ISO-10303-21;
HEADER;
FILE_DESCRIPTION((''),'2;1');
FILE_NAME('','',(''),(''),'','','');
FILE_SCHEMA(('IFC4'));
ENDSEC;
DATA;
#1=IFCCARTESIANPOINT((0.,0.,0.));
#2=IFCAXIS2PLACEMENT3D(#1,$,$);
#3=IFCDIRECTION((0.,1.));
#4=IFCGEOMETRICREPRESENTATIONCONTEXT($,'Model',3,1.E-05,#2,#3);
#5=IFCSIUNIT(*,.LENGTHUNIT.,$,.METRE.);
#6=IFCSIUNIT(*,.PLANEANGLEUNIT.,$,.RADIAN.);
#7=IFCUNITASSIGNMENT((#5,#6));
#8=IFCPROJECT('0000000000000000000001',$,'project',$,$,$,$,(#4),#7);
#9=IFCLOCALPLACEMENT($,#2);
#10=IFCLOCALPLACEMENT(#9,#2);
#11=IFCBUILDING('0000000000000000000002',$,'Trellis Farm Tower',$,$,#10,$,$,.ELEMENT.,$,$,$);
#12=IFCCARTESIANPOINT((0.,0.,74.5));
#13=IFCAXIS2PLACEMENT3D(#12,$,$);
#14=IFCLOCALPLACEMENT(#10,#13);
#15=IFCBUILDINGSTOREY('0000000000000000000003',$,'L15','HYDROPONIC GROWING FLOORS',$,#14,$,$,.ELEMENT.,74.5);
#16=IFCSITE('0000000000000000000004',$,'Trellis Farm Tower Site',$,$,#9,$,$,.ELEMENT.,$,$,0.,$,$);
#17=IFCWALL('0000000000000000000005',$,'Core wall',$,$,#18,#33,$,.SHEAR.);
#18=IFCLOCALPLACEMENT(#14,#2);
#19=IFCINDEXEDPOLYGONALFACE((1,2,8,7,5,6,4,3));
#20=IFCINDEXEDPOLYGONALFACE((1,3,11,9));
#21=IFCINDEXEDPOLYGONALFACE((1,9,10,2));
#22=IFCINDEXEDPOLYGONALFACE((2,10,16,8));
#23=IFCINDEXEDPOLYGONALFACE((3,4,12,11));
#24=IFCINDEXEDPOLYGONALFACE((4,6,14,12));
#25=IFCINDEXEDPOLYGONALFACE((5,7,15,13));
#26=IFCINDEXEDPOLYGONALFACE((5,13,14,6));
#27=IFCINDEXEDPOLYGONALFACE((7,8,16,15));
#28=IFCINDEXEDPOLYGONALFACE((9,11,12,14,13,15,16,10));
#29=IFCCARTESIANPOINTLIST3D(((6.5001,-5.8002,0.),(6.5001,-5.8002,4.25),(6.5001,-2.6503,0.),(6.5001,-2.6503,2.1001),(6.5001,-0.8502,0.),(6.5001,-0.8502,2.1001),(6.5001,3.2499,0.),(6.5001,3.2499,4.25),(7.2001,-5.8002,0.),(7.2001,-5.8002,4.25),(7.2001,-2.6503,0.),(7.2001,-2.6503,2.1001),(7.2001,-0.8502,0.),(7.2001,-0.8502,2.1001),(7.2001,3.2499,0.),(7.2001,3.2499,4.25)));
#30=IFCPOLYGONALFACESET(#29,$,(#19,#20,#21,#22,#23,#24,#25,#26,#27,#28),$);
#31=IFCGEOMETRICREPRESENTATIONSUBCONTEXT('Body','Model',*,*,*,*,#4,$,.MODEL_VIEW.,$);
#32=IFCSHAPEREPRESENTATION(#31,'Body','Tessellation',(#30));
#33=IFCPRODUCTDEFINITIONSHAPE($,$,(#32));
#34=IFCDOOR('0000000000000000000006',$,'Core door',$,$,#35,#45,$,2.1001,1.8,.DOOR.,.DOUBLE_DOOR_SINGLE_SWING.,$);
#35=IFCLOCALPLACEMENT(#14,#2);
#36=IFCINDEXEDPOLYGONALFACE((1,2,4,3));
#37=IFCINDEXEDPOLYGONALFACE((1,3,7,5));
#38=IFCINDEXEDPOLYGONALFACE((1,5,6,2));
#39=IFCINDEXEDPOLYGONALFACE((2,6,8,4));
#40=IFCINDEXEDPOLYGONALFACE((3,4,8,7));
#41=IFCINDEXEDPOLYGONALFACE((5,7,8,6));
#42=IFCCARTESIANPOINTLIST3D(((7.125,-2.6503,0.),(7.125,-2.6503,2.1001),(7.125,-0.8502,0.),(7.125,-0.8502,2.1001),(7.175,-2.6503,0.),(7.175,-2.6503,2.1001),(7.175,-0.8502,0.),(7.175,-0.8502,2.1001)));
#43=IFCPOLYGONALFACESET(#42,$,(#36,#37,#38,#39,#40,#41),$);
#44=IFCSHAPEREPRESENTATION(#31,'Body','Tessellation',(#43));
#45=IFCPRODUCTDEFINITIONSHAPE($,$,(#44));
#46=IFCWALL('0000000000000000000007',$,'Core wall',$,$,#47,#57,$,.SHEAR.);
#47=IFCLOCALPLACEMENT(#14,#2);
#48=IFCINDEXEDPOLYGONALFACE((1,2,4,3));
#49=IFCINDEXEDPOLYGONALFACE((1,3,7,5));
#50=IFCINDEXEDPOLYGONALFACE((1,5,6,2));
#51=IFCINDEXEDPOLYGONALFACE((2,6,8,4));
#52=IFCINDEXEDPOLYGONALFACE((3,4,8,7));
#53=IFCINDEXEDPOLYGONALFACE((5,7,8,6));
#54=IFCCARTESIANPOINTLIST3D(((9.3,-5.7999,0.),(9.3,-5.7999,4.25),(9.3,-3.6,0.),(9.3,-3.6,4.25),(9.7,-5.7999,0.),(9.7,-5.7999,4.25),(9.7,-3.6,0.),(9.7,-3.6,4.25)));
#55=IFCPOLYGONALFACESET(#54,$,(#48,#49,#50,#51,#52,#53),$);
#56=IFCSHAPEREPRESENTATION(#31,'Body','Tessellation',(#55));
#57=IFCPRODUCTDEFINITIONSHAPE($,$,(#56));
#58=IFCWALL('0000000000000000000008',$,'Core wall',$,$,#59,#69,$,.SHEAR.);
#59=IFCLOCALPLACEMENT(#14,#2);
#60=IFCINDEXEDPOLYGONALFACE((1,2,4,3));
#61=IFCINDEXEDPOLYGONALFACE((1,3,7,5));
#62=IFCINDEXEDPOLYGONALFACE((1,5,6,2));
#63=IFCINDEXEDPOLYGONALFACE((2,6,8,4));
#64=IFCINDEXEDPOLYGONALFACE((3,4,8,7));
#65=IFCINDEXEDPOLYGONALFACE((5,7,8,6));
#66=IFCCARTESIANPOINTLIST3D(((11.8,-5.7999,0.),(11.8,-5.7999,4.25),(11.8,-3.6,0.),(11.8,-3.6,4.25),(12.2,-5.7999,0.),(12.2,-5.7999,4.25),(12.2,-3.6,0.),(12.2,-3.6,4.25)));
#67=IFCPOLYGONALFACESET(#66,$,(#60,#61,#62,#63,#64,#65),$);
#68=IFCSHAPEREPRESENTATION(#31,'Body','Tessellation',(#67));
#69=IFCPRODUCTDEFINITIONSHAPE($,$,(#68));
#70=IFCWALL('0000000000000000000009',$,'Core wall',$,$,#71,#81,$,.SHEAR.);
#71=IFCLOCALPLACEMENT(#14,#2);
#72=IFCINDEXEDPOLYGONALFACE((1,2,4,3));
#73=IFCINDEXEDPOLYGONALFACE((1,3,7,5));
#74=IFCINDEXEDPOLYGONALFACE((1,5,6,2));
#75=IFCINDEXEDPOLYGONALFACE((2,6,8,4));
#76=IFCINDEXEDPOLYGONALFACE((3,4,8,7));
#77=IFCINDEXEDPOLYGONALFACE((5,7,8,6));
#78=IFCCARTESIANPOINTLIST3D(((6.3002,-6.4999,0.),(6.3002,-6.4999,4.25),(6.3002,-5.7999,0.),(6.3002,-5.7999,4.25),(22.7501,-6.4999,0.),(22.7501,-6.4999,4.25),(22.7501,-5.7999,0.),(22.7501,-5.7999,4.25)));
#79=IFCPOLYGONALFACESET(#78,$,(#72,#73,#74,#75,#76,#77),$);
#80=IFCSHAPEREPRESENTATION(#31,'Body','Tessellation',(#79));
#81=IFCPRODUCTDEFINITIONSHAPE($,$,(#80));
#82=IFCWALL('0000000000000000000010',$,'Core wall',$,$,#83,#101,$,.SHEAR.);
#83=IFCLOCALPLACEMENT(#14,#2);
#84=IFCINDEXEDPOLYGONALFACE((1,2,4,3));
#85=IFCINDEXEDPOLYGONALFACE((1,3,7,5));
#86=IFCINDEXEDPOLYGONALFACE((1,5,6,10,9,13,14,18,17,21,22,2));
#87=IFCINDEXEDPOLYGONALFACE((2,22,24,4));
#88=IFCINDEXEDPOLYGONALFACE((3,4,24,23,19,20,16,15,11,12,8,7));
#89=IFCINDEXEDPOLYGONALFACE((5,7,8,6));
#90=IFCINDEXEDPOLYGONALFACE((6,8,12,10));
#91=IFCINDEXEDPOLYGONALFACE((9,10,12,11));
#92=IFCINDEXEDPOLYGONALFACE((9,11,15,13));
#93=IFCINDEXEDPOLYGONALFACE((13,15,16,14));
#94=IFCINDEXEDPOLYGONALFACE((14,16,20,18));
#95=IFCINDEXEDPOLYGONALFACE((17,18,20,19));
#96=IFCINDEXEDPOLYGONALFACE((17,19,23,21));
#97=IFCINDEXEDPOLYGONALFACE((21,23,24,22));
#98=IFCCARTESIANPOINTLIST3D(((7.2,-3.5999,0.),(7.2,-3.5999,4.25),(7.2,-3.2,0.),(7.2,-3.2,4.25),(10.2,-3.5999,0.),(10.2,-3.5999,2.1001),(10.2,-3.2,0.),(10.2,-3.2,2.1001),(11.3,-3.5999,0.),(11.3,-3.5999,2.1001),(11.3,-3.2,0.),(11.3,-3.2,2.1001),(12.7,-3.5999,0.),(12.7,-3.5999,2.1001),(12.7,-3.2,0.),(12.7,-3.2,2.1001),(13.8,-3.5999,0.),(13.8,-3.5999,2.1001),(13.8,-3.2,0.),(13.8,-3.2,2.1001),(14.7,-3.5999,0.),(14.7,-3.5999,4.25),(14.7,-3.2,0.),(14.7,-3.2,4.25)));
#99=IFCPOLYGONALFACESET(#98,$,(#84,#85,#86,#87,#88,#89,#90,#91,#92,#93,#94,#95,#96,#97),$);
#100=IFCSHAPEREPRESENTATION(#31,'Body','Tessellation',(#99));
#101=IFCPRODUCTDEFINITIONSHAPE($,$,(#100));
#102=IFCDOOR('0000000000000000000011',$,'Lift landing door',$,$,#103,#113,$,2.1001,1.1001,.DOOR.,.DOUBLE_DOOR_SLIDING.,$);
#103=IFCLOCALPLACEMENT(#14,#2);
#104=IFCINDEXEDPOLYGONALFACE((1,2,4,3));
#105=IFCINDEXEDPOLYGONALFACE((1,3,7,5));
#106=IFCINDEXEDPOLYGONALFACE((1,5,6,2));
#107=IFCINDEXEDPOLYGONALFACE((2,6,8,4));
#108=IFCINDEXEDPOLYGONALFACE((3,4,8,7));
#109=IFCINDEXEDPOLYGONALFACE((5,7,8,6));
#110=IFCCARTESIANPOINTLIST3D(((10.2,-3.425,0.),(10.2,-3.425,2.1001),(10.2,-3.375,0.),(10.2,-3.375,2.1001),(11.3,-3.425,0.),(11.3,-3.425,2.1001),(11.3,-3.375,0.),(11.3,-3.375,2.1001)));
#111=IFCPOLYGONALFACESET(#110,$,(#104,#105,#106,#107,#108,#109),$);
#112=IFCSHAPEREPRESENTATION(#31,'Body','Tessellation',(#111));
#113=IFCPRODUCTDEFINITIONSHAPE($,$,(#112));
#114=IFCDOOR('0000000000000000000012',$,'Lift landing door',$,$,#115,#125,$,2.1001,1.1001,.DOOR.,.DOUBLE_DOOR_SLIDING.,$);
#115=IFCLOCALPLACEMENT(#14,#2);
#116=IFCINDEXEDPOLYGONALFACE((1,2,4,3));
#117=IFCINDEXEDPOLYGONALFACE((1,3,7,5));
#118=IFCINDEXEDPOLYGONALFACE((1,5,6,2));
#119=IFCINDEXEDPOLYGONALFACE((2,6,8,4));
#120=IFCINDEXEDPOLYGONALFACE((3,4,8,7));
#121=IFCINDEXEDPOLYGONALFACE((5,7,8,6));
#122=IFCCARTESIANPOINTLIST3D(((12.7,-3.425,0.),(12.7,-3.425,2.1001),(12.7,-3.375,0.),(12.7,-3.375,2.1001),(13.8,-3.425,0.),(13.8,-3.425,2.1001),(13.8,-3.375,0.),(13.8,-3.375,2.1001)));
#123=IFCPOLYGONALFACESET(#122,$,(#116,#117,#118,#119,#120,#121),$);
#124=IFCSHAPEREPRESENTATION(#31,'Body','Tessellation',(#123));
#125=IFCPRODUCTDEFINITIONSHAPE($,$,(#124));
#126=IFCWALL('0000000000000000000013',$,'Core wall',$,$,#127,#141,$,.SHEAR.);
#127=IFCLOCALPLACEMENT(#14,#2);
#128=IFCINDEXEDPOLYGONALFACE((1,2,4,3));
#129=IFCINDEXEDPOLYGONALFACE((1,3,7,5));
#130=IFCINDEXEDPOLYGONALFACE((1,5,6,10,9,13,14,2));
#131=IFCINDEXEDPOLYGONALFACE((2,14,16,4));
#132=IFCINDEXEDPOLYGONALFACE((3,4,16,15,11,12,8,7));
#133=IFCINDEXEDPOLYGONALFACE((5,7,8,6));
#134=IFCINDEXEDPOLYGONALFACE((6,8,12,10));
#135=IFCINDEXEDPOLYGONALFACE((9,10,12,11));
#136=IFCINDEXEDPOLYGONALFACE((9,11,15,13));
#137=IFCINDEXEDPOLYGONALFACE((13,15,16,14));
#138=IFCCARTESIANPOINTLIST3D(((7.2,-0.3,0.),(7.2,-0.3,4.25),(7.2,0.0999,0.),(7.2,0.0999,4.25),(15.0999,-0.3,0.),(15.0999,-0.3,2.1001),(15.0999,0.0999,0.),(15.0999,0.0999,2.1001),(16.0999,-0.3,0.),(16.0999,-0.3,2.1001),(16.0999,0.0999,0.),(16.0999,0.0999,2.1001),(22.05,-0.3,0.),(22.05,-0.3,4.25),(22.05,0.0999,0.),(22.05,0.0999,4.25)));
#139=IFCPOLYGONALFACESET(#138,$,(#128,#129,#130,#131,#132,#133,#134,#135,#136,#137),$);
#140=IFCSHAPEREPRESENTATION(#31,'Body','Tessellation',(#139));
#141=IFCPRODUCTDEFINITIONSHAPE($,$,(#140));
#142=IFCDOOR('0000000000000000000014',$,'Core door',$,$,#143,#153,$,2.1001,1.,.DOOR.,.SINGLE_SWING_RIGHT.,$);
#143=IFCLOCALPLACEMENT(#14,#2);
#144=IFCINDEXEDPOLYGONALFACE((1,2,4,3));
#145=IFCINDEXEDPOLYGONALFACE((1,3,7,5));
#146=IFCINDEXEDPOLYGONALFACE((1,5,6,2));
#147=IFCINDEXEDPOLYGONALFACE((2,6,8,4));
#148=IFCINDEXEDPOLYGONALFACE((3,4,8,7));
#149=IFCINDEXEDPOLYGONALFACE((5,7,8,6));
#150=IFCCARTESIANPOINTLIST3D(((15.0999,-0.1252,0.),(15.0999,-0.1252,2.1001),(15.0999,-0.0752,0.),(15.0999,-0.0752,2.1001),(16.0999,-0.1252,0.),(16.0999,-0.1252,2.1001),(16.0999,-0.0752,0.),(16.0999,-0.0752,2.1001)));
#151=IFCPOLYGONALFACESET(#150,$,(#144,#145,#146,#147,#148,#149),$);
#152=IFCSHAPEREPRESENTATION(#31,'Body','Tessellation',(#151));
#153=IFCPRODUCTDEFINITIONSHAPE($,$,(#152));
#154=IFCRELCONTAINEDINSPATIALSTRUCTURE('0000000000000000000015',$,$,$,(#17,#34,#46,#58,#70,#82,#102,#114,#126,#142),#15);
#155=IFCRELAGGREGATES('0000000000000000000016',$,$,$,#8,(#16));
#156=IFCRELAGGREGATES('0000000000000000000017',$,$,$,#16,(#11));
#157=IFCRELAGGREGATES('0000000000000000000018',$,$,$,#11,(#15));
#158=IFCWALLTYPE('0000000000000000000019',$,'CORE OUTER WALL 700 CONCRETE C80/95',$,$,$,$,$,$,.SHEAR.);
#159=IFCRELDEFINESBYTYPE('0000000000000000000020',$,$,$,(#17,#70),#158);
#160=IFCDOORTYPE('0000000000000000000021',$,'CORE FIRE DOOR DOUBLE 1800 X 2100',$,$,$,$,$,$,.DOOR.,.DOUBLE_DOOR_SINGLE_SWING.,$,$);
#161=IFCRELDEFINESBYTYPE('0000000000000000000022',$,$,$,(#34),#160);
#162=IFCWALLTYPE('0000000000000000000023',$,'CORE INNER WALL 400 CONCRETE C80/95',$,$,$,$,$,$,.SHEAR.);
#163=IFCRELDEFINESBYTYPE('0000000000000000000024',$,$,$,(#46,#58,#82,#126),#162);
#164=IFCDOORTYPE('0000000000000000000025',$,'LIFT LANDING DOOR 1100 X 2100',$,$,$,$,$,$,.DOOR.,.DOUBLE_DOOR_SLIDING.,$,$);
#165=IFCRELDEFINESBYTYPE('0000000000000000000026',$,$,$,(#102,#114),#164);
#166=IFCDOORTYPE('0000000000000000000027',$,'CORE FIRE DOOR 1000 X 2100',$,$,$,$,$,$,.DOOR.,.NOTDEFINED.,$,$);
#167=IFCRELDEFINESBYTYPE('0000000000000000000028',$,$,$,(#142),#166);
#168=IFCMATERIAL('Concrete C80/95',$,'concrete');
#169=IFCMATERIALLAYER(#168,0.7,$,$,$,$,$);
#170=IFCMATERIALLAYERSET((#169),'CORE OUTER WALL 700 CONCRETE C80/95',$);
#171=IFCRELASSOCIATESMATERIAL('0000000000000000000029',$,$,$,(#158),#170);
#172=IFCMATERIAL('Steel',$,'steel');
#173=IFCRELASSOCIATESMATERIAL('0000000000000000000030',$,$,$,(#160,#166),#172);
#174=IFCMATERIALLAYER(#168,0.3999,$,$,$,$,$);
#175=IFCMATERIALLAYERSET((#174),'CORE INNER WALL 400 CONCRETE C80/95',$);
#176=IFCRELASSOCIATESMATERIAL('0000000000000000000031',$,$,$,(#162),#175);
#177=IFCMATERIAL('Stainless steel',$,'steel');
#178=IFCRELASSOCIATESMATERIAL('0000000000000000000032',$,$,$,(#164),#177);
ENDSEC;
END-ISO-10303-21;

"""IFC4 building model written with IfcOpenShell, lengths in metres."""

from ifc_helpers import new_model, si_unit, direction, frame, frame_2d, origin, place, context, subcontext, project, spatial, rectangle, extrude, source, transform, mapped, material, layer, layer_set, type_object, element, fill, save


model = new_model("IFC4")

# Units and contexts
model_context = context("Model", 3, precision=1e-05, world=origin(), true_north=direction((0.0, 1.0)))
body_context = subcontext(model_context, "Body", "Model", "MODEL_VIEW")
ifc_project = project(units=[si_unit("LENGTHUNIT", "METRE"), si_unit("PLANEANGLEUNIT", "RADIAN")], contexts=[model_context])

# Site, building, storey
site_placement = place(None, origin())
site = spatial("IfcSite", under=ifc_project, at=site_placement, Name="Trellis Farm Tower Site", CompositionType="ELEMENT", RefElevation=0.0)
building_placement = place(site_placement, origin())
building = spatial("IfcBuilding", under=site, at=building_placement, Name="Trellis Farm Tower", CompositionType="ELEMENT")
storey_placement = place(building_placement, frame((0.0, 0.0, 74.5)))
storey = spatial("IfcBuildingStorey", under=building, at=storey_placement, Name="L15", Description="HYDROPONIC GROWING FLOORS", CompositionType="ELEMENT", Elevation=74.5)

# Shared definitions
ifc_material_1 = material(Name="Concrete C80/95", Category="concrete")

# Wall, opening, door
ifc_layer_1 = layer(ifc_material_1, 0.7)
ifc_layer_set_1 = layer_set([ifc_layer_1], Name="CORE OUTER WALL 700 CONCRETE C80/95")
wall_type_1 = type_object("IfcWallType", Name="CORE OUTER WALL 700 CONCRETE C80/95", PredefinedType="SHEAR", material=ifc_layer_set_1)
shared_shape_1 = source(origin(), body_context, "Body", "SweptSolid", [
    extrude(rectangle(XDim=9.05, YDim=0.7, at=frame_2d((4.5249, 0.0))), origin(), (0.0, 0.0, 1.0), 4.25),
])
wall_1_placement = place(storey_placement, frame((6.8501, -5.8, 0.0), z_axis=(0.0, 0.0, 1.0), x_axis=(0.0, 1.0, 0.0)))
wall_1 = element("IfcWall", 1, at=wall_1_placement, inside=storey, type_object=wall_type_1, Name="Core wall", PredefinedType="SHEAR", context=body_context, shape_type="MappedRepresentation", body=[
    mapped(shared_shape_1, transform((0.0, 0.0, 0.0))),
])
shared_shape_2 = source(origin(), body_context, "Body", "SweptSolid", [
    extrude(rectangle(XDim=1.8, YDim=2.1001, at=frame_2d((0.8999, 1.05))), frame((0.0, 0.3601, 0.0), z_axis=(0.0, -1.0, 0.0), x_axis=(1.0, 0.0, 0.0)), (0.0, 0.0, 1.0), 0.7202),
])
opening_1_placement = place(wall_1_placement, frame((3.1499, 0.0, 0.0)))
opening_1 = element("IfcOpeningElement", 2, at=opening_1_placement, cuts=wall_1, PredefinedType="OPENING", context=body_context, shape_type="MappedRepresentation", body=[
    mapped(shared_shape_2, transform((0.0, 0.0, 0.0))),
])
ifc_material_2 = material(Name="Steel", Category="steel")
door_type_1 = type_object("IfcDoorType", Name="CORE FIRE DOOR DOUBLE 1800 X 2100", OperationType="DOUBLE_DOOR_SINGLE_SWING", PredefinedType="DOOR", material=ifc_material_2)
shared_shape_3 = source(origin(), body_context, "Body", "SweptSolid", [
    extrude(rectangle(XDim=1.8, YDim=2.1001, at=frame_2d((0.8999, 1.05))), frame((0.0, -0.2749, 0.0), z_axis=(0.0, -1.0, 0.0), x_axis=(1.0, 0.0, 0.0)), (0.0, 0.0, 1.0), 0.05),
])
door_1_placement = place(opening_1_placement, origin())
door_1 = element("IfcDoor", 3, at=door_1_placement, inside=storey, type_object=door_type_1, Name="Core door", OperationType="DOUBLE_DOOR_SINGLE_SWING", OverallHeight=2.1001, OverallWidth=1.8, PredefinedType="DOOR", context=body_context, shape_type="MappedRepresentation", body=[
    mapped(shared_shape_3, transform((0.0, 0.0, 0.0))),
])
fill(opening_1, door_1)

# Walls
ifc_layer_2 = layer(ifc_material_1, 0.3999)
ifc_layer_set_2 = layer_set([ifc_layer_2], Name="CORE INNER WALL 400 CONCRETE C80/95")
wall_type_2 = type_object("IfcWallType", Name="CORE INNER WALL 400 CONCRETE C80/95", PredefinedType="SHEAR", material=ifc_layer_set_2)
shared_shape_4 = source(origin(), body_context, "Body", "SweptSolid", [
    extrude(rectangle(XDim=2.2, YDim=0.3999, at=frame_2d((1.1001, 0.0))), origin(), (0.0, 0.0, 1.0), 4.25),
])
for number, where, z_axis, x_axis, name in (
    (4, (9.5, -5.8, 0.0), (0.0, 0.0, 1.0), (0.0, 1.0, 0.0), "Core wall"),
    (5, (12.0, -5.8, 0.0), (0.0, 0.0, 1.0), (0.0, 1.0, 0.0), "Core wall"),
):
    element("IfcWall", number, at=place(storey_placement, frame(where, z_axis=z_axis, x_axis=x_axis)), inside=storey, type_object=wall_type_2, Name=name, PredefinedType="SHEAR", context=body_context, shape_type="MappedRepresentation", body=[
        mapped(shared_shape_4, transform((0.0, 0.0, 0.0))),
    ])
shared_shape_5 = source(origin(), body_context, "Body", "SweptSolid", [
    extrude(rectangle(XDim=16.45, YDim=0.7, at=frame_2d((8.2251, 0.0))), origin(), (0.0, 0.0, 1.0), 4.25),
])
wall_2_placement = place(storey_placement, frame((6.3, -6.1499, 0.0), z_axis=(0.0, 0.0, 1.0), x_axis=(1.0, 0.0, 0.0)))
element("IfcWall", 6, at=wall_2_placement, inside=storey, type_object=wall_type_1, Name="Core wall", PredefinedType="SHEAR", context=body_context, shape_type="MappedRepresentation", body=[
    mapped(shared_shape_5, transform((0.0, 0.0, 0.0))),
])

# Wall, openings, doors
shared_shape_6 = source(origin(), body_context, "Body", "SweptSolid", [
    extrude(rectangle(XDim=7.5, YDim=0.3999, at=frame_2d((3.75, 0.0))), origin(), (0.0, 0.0, 1.0), 4.25),
])
wall_3_placement = place(storey_placement, frame((7.2, -3.3999, 0.0), z_axis=(0.0, 0.0, 1.0), x_axis=(1.0, 0.0, 0.0)))
wall_3 = element("IfcWall", 7, at=wall_3_placement, inside=storey, type_object=wall_type_2, Name="Core wall", PredefinedType="SHEAR", context=body_context, shape_type="MappedRepresentation", body=[
    mapped(shared_shape_6, transform((0.0, 0.0, 0.0))),
])
shared_shape_7 = source(origin(), body_context, "Body", "SweptSolid", [
    extrude(rectangle(XDim=1.1001, YDim=2.1001, at=frame_2d((0.55, 1.05))), frame((0.0, 0.21, 0.0), z_axis=(0.0, -1.0, 0.0), x_axis=(1.0, 0.0, 0.0)), (0.0, 0.0, 1.0), 0.4199),
])
opening_2_placement = place(wall_3_placement, frame((3.0, 0.0, 0.0)))
opening_2 = element("IfcOpeningElement", 8, at=opening_2_placement, cuts=wall_3, PredefinedType="OPENING", context=body_context, shape_type="MappedRepresentation", body=[
    mapped(shared_shape_7, transform((0.0, 0.0, 0.0))),
])
opening_3_placement = place(wall_3_placement, frame((5.5, 0.0, 0.0)))
opening_3 = element("IfcOpeningElement", 9, at=opening_3_placement, cuts=wall_3, PredefinedType="OPENING", context=body_context, shape_type="MappedRepresentation", body=[
    mapped(shared_shape_7, transform((0.0, 0.0, 0.0))),
])
ifc_material_3 = material(Name="Stainless steel", Category="steel")
door_type_2 = type_object("IfcDoorType", Name="LIFT LANDING DOOR 1100 X 2100", OperationType="DOUBLE_DOOR_SLIDING", PredefinedType="DOOR", material=ifc_material_3)
shared_shape_8 = source(origin(), body_context, "Body", "SweptSolid", [
    extrude(rectangle(XDim=1.1001, YDim=2.1001, at=frame_2d((0.55, 1.05))), frame((0.0, 0.0249, 0.0), z_axis=(0.0, -1.0, 0.0), x_axis=(1.0, 0.0, 0.0)), (0.0, 0.0, 1.0), 0.05),
])
door_2_placement = place(opening_2_placement, origin())
door_2 = element("IfcDoor", 10, at=door_2_placement, inside=storey, type_object=door_type_2, Name="Lift landing door", OperationType="DOUBLE_DOOR_SLIDING", OverallHeight=2.1001, OverallWidth=1.1001, PredefinedType="DOOR", context=body_context, shape_type="MappedRepresentation", body=[
    mapped(shared_shape_8, transform((0.0, 0.0, 0.0))),
])
fill(opening_2, door_2)
door_3_placement = place(opening_3_placement, origin())
door_3 = element("IfcDoor", 11, at=door_3_placement, inside=storey, type_object=door_type_2, Name="Lift landing door", OperationType="DOUBLE_DOOR_SLIDING", OverallHeight=2.1001, OverallWidth=1.1001, PredefinedType="DOOR", context=body_context, shape_type="MappedRepresentation", body=[
    mapped(shared_shape_8, transform((0.0, 0.0, 0.0))),
])
fill(opening_3, door_3)

# Wall, opening, door
shared_shape_9 = source(origin(), body_context, "Body", "SweptSolid", [
    extrude(rectangle(XDim=14.8501, YDim=0.3999, at=frame_2d((7.425, 0.0))), origin(), (0.0, 0.0, 1.0), 4.25),
])
wall_4_placement = place(storey_placement, frame((7.2, -0.1001, 0.0), z_axis=(0.0, 0.0, 1.0), x_axis=(1.0, 0.0, 0.0)))
wall_4 = element("IfcWall", 12, at=wall_4_placement, inside=storey, type_object=wall_type_2, Name="Core wall", PredefinedType="SHEAR", context=body_context, shape_type="MappedRepresentation", body=[
    mapped(shared_shape_9, transform((0.0, 0.0, 0.0))),
])
shared_shape_10 = source(origin(), body_context, "Body", "SweptSolid", [
    extrude(rectangle(XDim=1.0, YDim=2.1001, at=frame_2d((0.5, 1.05))), frame((0.0, 0.21, 0.0), z_axis=(0.0, -1.0, 0.0), x_axis=(1.0, 0.0, 0.0)), (0.0, 0.0, 1.0), 0.4199),
])
opening_4_placement = place(wall_4_placement, frame((7.8999, 0.0, 0.0)))
opening_4 = element("IfcOpeningElement", 13, at=opening_4_placement, cuts=wall_4, PredefinedType="OPENING", context=body_context, shape_type="MappedRepresentation", body=[
    mapped(shared_shape_10, transform((0.0, 0.0, 0.0))),
])
door_type_3 = type_object("IfcDoorType", Name="CORE FIRE DOOR 1000 X 2100", OperationType="NOTDEFINED", PredefinedType="DOOR", material=ifc_material_2)
shared_shape_11 = source(origin(), body_context, "Body", "SweptSolid", [
    extrude(rectangle(XDim=1.0, YDim=2.1001, at=frame_2d((0.5, 1.05))), frame((0.0, 0.0249, 0.0), z_axis=(0.0, -1.0, 0.0), x_axis=(1.0, 0.0, 0.0)), (0.0, 0.0, 1.0), 0.05),
])
door_4_placement = place(opening_4_placement, origin())
door_4 = element("IfcDoor", 14, at=door_4_placement, inside=storey, type_object=door_type_3, Name="Core door", OperationType="SINGLE_SWING_RIGHT", OverallHeight=2.1001, OverallWidth=1.0, PredefinedType="DOOR", context=body_context, shape_type="MappedRepresentation", body=[
    mapped(shared_shape_11, transform((0.0, 0.0, 0.0))),
])
fill(opening_4, door_4)

save(model, "model.ifc")
